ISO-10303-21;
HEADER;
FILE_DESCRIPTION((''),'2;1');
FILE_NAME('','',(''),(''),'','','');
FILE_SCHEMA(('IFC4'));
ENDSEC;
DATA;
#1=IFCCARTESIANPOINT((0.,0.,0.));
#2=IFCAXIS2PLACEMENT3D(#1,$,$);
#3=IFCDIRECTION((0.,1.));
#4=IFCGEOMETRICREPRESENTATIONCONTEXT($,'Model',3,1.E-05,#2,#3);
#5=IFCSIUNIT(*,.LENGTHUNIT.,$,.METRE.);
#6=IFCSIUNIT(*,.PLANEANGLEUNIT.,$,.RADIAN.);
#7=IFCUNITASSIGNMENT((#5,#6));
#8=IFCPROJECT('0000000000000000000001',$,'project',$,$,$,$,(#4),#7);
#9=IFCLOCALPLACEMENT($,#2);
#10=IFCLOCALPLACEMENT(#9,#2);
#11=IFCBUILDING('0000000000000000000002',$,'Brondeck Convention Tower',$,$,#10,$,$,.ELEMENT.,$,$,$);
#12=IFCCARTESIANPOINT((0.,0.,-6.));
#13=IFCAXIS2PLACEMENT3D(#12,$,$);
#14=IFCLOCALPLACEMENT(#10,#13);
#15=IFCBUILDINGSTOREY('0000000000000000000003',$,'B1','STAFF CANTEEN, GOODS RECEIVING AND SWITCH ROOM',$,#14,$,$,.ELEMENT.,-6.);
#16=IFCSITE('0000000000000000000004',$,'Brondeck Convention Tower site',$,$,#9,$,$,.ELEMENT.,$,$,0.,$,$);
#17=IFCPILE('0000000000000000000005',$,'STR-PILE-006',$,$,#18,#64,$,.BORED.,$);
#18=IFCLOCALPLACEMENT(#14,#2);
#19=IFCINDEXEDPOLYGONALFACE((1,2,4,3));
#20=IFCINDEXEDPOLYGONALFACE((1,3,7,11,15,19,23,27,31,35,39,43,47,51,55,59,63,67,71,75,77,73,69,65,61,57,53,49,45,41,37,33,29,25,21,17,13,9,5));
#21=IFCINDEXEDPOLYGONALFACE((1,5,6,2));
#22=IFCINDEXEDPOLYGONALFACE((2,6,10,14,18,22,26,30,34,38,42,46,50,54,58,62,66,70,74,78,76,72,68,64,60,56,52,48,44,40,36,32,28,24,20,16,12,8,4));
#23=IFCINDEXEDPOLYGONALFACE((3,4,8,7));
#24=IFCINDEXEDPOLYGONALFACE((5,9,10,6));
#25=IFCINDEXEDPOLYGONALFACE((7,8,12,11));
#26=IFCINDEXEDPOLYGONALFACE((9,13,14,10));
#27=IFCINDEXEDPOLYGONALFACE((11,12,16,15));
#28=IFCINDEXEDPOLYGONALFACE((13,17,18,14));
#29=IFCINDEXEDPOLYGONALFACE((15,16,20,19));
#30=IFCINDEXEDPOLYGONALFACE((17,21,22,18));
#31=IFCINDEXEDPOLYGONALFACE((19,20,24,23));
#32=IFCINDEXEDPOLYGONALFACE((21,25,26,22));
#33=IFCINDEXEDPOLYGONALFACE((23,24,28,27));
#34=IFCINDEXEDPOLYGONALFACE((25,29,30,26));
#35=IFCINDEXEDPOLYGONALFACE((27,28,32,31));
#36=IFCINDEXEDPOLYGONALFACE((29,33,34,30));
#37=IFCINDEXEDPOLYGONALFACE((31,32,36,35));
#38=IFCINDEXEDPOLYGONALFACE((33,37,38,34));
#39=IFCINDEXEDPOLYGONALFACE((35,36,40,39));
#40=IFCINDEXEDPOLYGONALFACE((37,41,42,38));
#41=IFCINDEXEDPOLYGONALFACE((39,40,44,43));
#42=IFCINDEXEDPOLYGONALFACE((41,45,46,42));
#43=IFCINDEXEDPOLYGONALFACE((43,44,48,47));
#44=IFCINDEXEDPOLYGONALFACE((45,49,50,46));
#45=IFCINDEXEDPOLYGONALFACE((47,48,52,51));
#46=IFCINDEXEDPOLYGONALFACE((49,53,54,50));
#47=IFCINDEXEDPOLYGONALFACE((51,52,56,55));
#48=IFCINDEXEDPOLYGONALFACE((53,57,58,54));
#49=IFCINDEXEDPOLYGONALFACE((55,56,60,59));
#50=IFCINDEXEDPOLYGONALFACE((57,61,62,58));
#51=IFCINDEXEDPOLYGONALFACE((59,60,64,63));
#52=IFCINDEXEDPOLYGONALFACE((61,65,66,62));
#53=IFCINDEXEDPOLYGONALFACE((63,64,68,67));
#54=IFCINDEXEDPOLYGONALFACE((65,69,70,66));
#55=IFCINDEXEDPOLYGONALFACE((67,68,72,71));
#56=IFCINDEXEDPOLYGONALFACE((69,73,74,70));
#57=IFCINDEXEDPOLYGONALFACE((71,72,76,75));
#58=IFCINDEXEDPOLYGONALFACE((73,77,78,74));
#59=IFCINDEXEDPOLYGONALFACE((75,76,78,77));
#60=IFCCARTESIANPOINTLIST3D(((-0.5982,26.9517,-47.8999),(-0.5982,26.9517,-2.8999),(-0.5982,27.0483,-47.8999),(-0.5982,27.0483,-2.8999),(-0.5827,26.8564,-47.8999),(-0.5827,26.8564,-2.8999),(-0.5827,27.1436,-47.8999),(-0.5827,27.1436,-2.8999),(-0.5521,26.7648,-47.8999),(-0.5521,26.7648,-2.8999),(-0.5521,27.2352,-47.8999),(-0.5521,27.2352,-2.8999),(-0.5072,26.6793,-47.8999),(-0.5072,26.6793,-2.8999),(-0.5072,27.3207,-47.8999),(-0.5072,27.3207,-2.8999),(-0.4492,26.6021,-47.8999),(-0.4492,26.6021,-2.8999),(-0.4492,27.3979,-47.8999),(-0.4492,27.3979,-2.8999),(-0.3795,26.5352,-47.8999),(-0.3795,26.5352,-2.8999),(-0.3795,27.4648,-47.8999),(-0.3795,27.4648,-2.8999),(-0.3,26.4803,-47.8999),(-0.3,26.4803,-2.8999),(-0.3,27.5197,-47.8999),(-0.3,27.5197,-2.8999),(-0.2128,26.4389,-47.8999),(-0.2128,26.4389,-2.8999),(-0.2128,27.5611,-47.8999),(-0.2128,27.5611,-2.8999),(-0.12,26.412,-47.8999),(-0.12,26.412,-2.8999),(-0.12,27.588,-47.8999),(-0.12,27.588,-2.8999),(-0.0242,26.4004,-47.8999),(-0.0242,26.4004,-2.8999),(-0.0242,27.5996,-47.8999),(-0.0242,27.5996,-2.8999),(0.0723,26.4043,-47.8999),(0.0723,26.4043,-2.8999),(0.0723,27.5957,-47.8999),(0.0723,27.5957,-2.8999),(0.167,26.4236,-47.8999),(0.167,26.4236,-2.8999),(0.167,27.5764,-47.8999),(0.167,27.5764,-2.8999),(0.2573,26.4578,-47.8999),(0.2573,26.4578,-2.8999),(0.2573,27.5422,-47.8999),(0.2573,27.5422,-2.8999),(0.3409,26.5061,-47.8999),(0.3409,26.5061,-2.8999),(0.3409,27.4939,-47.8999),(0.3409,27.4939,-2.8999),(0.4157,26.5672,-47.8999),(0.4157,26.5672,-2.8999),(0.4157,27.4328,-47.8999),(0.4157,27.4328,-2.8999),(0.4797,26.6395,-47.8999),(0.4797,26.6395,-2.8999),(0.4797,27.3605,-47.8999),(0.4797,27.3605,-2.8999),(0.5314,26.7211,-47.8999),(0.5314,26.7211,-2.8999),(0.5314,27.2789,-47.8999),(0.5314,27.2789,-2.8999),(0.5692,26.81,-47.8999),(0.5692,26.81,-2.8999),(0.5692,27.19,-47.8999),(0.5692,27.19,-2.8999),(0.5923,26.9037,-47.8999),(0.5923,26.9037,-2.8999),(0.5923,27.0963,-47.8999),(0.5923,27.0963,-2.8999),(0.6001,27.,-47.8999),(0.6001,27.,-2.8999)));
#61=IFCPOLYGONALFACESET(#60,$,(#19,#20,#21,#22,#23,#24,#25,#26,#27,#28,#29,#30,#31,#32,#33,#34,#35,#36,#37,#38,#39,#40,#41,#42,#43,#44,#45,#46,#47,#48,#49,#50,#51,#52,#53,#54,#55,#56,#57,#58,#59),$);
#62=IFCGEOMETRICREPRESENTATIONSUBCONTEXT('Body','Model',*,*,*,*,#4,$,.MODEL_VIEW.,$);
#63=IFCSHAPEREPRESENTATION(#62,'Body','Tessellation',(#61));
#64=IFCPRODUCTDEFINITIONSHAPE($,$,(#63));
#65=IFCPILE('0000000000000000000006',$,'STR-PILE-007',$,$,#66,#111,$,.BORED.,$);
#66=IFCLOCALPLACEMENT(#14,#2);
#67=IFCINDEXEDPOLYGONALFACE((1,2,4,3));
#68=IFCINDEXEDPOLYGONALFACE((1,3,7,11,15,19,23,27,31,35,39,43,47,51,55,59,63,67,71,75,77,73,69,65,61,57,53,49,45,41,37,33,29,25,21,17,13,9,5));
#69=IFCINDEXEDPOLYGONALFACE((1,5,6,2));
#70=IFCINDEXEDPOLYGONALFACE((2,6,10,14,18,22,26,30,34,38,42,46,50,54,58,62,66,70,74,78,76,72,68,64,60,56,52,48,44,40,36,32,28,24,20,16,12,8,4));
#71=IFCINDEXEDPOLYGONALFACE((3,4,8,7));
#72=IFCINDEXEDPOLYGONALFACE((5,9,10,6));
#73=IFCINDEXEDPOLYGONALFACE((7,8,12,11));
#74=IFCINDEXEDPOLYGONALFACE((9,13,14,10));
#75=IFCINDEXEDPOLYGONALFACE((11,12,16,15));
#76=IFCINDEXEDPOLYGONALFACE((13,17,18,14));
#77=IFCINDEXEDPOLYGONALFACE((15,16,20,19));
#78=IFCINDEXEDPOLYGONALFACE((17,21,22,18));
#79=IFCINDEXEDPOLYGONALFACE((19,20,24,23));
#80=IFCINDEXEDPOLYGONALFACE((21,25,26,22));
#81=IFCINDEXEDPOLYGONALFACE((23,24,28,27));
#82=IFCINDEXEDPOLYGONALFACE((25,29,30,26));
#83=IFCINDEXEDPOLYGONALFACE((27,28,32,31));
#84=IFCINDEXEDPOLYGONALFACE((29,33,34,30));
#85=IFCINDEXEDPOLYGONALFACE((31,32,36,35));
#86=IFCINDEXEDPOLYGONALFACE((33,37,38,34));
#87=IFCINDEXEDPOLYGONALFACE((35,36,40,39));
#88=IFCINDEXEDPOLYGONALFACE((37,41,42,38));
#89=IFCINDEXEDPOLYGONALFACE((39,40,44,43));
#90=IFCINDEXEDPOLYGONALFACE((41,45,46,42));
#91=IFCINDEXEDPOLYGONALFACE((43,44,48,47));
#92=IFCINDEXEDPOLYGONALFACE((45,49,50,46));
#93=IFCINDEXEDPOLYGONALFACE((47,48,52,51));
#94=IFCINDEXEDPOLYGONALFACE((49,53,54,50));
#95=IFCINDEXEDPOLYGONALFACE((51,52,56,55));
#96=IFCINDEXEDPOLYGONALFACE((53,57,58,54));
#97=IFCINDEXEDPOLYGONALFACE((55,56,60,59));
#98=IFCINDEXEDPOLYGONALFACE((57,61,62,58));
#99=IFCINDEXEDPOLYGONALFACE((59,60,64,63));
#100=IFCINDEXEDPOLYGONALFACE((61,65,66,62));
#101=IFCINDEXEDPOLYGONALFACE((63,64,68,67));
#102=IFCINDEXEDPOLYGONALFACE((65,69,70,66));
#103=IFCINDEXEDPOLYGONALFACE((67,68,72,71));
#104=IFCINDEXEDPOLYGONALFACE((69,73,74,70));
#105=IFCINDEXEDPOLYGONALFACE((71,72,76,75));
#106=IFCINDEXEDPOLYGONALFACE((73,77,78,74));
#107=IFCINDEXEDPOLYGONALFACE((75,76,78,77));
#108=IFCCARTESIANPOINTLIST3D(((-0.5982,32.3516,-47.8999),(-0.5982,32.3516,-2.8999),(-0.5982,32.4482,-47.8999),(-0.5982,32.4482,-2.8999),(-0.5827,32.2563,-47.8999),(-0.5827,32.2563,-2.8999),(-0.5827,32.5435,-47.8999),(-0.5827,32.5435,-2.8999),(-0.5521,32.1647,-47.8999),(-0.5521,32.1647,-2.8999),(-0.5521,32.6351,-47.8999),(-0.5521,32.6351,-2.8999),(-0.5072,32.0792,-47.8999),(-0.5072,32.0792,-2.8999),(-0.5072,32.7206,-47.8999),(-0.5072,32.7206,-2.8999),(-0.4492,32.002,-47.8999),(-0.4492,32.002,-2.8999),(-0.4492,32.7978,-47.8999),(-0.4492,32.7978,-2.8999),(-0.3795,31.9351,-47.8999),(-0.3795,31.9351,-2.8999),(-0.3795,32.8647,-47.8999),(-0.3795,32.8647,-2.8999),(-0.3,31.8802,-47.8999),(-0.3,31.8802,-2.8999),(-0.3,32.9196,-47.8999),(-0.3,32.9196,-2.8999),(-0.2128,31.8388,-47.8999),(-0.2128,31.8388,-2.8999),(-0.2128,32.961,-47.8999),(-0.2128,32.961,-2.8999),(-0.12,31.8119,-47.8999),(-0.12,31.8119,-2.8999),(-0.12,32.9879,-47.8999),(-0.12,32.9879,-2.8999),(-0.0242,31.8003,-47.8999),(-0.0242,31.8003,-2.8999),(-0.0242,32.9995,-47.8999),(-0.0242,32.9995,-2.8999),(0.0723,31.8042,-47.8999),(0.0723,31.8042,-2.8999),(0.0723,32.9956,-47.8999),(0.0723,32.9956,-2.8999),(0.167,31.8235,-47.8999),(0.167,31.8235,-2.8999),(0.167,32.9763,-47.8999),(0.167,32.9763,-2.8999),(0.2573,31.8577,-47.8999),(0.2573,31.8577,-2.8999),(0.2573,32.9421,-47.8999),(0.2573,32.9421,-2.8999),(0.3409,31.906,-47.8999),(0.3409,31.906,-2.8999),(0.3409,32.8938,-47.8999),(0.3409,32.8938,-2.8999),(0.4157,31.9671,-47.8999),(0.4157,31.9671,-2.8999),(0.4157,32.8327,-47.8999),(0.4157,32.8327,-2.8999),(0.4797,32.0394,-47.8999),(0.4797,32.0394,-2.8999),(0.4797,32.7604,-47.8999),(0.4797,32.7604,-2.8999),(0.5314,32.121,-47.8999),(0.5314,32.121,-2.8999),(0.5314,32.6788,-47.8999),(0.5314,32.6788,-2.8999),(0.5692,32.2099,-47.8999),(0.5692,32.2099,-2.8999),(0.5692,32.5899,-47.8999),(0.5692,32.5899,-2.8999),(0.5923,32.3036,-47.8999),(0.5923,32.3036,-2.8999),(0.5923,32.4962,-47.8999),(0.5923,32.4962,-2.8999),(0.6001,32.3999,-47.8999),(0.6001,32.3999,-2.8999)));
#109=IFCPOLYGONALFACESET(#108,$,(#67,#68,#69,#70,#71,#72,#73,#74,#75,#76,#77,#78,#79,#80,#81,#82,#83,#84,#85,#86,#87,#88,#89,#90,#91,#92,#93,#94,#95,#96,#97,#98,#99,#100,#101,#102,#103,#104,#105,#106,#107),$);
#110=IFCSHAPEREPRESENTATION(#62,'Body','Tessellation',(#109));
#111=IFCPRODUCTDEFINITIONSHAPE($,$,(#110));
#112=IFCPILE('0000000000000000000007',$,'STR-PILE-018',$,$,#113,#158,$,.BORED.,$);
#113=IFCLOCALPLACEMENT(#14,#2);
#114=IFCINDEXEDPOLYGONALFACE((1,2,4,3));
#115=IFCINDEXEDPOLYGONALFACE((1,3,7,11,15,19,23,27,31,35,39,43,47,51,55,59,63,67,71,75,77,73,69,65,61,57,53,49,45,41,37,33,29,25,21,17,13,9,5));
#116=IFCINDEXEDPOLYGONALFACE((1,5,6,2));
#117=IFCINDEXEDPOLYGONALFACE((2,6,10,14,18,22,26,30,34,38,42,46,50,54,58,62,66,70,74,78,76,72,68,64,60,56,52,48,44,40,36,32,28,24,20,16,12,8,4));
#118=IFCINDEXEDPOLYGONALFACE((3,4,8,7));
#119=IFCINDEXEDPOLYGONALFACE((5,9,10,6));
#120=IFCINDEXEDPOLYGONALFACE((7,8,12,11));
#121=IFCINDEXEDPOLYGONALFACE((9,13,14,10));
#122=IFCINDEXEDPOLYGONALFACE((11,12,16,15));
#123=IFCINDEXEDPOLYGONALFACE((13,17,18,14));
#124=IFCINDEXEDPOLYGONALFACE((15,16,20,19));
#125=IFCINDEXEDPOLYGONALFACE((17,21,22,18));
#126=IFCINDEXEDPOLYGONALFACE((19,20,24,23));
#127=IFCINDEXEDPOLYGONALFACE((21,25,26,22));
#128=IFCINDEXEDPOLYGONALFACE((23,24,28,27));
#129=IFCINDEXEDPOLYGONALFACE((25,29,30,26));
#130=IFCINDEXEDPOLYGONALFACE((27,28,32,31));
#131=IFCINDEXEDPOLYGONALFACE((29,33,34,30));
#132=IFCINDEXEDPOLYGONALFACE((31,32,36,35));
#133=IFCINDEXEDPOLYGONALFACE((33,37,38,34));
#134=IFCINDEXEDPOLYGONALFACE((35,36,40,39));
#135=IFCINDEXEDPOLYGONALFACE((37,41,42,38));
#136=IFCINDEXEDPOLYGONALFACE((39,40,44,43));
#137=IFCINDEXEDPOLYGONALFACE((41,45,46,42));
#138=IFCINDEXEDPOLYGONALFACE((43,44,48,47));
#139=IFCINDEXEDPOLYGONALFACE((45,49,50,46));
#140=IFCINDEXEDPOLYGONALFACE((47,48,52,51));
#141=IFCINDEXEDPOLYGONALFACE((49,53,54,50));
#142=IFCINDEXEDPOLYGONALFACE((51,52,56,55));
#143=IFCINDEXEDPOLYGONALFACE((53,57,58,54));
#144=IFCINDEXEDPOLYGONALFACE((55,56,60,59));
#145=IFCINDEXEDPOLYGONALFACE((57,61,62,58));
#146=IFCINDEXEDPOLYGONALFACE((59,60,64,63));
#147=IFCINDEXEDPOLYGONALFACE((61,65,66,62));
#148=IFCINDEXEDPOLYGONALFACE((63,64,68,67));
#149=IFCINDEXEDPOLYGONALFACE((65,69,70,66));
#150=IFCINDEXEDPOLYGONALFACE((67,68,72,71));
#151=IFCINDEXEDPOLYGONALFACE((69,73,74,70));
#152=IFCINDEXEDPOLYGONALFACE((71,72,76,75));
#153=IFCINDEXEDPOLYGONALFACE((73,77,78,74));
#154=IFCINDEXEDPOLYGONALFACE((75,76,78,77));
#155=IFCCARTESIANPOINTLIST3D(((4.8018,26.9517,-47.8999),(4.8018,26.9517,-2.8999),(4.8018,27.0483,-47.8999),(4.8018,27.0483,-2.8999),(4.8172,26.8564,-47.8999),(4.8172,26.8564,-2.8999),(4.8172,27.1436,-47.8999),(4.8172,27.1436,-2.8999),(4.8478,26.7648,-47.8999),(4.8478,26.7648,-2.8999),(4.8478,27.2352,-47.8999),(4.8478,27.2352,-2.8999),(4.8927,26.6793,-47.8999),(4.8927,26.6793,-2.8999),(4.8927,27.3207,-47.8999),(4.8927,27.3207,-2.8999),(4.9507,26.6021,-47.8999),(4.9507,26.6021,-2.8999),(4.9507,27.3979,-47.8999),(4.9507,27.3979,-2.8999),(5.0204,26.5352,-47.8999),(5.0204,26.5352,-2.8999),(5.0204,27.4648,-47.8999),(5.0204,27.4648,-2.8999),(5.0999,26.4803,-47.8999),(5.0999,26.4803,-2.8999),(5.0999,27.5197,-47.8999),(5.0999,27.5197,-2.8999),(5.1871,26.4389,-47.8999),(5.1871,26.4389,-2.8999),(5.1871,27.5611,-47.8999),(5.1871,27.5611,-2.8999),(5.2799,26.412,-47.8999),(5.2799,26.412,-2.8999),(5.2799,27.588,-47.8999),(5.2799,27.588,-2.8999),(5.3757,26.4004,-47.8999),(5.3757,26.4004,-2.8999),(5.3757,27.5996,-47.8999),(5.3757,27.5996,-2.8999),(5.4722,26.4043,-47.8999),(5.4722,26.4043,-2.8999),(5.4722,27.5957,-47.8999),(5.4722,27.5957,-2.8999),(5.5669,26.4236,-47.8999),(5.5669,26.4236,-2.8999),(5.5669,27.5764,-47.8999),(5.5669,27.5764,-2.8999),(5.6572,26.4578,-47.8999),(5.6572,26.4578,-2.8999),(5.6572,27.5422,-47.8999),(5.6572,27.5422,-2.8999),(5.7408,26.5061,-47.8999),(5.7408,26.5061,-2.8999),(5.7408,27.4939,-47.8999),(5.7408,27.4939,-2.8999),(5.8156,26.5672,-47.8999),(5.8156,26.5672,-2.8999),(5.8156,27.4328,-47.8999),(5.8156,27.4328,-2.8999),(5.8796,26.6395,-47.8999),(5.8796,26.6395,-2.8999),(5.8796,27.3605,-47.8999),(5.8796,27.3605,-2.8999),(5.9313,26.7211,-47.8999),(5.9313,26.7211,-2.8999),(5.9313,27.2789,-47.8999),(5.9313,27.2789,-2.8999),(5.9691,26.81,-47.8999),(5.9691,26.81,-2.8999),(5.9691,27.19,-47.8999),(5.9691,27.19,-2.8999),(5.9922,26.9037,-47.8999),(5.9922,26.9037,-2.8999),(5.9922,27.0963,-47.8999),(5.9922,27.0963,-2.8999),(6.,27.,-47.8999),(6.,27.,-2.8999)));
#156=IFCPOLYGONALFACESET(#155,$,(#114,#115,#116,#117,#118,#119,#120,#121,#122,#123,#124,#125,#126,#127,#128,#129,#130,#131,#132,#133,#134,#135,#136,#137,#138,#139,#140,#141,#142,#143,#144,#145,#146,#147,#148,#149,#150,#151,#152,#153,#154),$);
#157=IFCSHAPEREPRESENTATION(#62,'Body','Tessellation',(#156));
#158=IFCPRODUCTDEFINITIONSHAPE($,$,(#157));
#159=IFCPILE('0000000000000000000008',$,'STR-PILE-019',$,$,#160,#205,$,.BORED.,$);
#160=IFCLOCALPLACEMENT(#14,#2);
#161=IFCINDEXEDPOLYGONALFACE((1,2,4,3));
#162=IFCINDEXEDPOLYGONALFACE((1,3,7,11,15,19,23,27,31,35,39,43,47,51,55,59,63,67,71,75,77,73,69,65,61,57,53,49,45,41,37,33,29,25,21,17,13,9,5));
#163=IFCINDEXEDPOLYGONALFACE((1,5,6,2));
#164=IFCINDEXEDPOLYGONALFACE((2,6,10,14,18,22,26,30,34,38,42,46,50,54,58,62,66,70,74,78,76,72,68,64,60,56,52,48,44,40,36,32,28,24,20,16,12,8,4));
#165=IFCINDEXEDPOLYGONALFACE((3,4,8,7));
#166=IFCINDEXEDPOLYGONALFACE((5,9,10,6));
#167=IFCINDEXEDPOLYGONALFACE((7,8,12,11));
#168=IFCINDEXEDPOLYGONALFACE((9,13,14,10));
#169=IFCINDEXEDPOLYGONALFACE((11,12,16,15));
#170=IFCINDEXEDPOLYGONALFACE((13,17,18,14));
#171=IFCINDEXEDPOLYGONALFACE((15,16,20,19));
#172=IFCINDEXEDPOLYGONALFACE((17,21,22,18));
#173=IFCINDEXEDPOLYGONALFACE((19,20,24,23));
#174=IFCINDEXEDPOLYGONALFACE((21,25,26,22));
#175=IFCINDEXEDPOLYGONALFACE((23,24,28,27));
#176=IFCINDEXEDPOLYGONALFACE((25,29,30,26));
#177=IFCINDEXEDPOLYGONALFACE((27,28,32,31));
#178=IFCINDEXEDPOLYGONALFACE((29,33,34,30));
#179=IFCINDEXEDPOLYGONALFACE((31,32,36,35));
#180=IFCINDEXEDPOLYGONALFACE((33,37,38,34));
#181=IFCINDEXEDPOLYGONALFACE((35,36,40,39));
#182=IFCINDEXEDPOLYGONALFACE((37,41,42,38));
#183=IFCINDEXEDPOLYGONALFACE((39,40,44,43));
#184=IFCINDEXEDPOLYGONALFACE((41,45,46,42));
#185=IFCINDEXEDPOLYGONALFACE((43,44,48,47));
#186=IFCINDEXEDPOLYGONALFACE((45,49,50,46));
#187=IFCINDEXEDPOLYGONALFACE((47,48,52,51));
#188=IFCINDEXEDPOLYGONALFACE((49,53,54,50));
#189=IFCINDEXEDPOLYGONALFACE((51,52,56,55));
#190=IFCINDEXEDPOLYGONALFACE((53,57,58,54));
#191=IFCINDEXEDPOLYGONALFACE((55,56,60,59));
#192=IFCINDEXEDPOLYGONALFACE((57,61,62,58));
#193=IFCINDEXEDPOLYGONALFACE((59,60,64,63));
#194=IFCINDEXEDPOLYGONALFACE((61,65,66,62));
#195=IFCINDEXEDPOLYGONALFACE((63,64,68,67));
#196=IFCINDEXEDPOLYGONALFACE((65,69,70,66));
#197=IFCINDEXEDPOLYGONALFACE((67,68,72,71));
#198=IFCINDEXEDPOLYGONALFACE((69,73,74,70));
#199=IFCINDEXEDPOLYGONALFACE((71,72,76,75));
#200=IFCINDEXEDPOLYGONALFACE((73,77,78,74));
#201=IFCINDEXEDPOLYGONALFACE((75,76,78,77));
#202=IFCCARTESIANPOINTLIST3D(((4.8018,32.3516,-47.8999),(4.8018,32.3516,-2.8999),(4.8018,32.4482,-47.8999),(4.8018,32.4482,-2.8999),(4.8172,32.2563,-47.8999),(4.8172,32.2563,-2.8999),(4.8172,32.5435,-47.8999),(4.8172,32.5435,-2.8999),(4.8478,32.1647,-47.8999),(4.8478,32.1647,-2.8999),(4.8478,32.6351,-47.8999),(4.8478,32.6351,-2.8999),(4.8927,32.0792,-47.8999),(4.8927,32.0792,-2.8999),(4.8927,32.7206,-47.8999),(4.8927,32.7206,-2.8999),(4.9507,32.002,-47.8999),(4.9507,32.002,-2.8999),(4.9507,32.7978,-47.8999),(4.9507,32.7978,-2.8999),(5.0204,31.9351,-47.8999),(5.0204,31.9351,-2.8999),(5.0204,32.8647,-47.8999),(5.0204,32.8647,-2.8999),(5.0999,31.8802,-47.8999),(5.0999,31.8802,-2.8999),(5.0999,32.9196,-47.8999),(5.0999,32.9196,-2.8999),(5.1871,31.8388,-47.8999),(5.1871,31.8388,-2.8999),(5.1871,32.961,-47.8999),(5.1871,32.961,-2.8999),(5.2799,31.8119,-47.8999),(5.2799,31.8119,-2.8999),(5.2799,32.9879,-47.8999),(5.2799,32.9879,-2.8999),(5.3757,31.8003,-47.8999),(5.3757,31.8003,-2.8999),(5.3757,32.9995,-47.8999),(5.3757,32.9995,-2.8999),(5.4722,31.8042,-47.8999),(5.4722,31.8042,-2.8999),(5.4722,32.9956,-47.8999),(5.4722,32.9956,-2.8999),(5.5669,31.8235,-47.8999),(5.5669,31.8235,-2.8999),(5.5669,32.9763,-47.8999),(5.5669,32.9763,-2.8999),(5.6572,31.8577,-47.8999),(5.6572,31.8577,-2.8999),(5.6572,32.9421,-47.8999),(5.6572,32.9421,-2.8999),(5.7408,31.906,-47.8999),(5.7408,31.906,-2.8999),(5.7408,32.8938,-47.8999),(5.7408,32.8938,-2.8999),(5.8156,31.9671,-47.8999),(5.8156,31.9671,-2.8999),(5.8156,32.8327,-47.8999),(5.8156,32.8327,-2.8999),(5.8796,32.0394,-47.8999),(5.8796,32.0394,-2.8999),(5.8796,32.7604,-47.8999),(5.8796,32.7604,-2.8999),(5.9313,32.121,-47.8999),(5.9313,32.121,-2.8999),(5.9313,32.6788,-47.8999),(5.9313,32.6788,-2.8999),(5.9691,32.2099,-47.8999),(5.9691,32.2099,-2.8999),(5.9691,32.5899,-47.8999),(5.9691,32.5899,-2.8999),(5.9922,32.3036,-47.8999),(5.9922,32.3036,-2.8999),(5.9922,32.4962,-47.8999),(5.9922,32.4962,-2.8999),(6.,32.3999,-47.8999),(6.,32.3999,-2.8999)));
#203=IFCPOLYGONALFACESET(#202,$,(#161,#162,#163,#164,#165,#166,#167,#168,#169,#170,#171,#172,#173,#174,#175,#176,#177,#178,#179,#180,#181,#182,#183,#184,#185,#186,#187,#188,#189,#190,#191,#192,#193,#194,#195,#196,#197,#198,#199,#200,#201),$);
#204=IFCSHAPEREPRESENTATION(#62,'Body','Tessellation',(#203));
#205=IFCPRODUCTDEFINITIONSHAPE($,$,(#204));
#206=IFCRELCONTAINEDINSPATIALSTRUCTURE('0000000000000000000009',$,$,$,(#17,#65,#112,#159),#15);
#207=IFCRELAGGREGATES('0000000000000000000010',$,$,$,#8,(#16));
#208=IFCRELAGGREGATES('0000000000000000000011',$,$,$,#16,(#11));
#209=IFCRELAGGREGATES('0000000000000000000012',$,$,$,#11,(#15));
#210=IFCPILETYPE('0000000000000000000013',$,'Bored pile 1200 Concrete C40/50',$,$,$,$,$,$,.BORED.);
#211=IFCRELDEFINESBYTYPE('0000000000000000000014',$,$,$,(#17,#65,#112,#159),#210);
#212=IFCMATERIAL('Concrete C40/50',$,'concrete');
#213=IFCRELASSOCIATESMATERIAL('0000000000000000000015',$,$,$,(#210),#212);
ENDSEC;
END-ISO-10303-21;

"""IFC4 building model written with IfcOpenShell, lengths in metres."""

from ifc_helpers import new_model, si_unit, direction, frame, origin, origin_2d, place, context, subcontext, project, spatial, circle, extrude, material, material_profile, profile_set, type_object, element, save


model = new_model("IFC4")

# Units and contexts
model_context = context("Model", 3, precision=1e-05, world=origin(), true_north=direction((0.0, 1.0)))
body_context = subcontext(model_context, "Body", "Model", "MODEL_VIEW")
ifc_project = project(units=[si_unit("LENGTHUNIT", "METRE"), si_unit("PLANEANGLEUNIT", "RADIAN")], contexts=[model_context])

# Site, building, storey
site_placement = place(None, origin())
site = spatial("IfcSite", under=ifc_project, at=site_placement, Name="Brondeck Convention Tower site", CompositionType="ELEMENT", RefElevation=0.0)
building_placement = place(site_placement, origin())
building = spatial("IfcBuilding", under=site, at=building_placement, Name="Brondeck Convention Tower", CompositionType="ELEMENT")
storey_placement = place(building_placement, frame((0.0, 0.0, -6.0)))
storey = spatial("IfcBuildingStorey", under=building, at=storey_placement, Name="B1", Description="STAFF CANTEEN, GOODS RECEIVING AND SWITCH ROOM", CompositionType="ELEMENT", Elevation=-6.0)

# Piles
ifc_material_1 = material(Name="Concrete C40/50", Category="concrete")
ifc_material_profile_1 = material_profile(ifc_material_1, circle(Radius=0.6001, at=origin_2d()), Name="Bored pile 1200 Concrete C40/50")
ifc_profile_set_1 = profile_set([ifc_material_profile_1], Name="Concrete C40/50")
pile_type = type_object("IfcPileType", Name="Bored pile 1200 Concrete C40/50", PredefinedType="BORED", material=ifc_profile_set_1)
for number, where, z_axis, x_axis, name in (
    (1, (0.0, 27.0, -2.8999), (0.0, 0.0, -1.0), (1.0, 0.0, 0.0), "STR-PILE-006"),
    (2, (0.0, 32.3999, -2.8999), (0.0, 0.0, -1.0), (1.0, 0.0, 0.0), "STR-PILE-007"),
    (3, (5.3999, 27.0, -2.8999), (0.0, 0.0, -1.0), (1.0, 0.0, 0.0), "STR-PILE-018"),
    (4, (5.3999, 32.3999, -2.8999), (0.0, 0.0, -1.0), (1.0, 0.0, 0.0), "STR-PILE-019"),
):
    element("IfcPile", number, at=place(storey_placement, frame(where, z_axis=z_axis, x_axis=x_axis)), inside=storey, type_object=pile_type, Name=name, PredefinedType="BORED", context=body_context, shape_type="SweptSolid", body=[
        extrude(circle(Radius=0.6001, at=origin_2d()), origin(), (0.0, 0.0, 1.0), 45.0),
    ])

save(model, "model.ifc")
